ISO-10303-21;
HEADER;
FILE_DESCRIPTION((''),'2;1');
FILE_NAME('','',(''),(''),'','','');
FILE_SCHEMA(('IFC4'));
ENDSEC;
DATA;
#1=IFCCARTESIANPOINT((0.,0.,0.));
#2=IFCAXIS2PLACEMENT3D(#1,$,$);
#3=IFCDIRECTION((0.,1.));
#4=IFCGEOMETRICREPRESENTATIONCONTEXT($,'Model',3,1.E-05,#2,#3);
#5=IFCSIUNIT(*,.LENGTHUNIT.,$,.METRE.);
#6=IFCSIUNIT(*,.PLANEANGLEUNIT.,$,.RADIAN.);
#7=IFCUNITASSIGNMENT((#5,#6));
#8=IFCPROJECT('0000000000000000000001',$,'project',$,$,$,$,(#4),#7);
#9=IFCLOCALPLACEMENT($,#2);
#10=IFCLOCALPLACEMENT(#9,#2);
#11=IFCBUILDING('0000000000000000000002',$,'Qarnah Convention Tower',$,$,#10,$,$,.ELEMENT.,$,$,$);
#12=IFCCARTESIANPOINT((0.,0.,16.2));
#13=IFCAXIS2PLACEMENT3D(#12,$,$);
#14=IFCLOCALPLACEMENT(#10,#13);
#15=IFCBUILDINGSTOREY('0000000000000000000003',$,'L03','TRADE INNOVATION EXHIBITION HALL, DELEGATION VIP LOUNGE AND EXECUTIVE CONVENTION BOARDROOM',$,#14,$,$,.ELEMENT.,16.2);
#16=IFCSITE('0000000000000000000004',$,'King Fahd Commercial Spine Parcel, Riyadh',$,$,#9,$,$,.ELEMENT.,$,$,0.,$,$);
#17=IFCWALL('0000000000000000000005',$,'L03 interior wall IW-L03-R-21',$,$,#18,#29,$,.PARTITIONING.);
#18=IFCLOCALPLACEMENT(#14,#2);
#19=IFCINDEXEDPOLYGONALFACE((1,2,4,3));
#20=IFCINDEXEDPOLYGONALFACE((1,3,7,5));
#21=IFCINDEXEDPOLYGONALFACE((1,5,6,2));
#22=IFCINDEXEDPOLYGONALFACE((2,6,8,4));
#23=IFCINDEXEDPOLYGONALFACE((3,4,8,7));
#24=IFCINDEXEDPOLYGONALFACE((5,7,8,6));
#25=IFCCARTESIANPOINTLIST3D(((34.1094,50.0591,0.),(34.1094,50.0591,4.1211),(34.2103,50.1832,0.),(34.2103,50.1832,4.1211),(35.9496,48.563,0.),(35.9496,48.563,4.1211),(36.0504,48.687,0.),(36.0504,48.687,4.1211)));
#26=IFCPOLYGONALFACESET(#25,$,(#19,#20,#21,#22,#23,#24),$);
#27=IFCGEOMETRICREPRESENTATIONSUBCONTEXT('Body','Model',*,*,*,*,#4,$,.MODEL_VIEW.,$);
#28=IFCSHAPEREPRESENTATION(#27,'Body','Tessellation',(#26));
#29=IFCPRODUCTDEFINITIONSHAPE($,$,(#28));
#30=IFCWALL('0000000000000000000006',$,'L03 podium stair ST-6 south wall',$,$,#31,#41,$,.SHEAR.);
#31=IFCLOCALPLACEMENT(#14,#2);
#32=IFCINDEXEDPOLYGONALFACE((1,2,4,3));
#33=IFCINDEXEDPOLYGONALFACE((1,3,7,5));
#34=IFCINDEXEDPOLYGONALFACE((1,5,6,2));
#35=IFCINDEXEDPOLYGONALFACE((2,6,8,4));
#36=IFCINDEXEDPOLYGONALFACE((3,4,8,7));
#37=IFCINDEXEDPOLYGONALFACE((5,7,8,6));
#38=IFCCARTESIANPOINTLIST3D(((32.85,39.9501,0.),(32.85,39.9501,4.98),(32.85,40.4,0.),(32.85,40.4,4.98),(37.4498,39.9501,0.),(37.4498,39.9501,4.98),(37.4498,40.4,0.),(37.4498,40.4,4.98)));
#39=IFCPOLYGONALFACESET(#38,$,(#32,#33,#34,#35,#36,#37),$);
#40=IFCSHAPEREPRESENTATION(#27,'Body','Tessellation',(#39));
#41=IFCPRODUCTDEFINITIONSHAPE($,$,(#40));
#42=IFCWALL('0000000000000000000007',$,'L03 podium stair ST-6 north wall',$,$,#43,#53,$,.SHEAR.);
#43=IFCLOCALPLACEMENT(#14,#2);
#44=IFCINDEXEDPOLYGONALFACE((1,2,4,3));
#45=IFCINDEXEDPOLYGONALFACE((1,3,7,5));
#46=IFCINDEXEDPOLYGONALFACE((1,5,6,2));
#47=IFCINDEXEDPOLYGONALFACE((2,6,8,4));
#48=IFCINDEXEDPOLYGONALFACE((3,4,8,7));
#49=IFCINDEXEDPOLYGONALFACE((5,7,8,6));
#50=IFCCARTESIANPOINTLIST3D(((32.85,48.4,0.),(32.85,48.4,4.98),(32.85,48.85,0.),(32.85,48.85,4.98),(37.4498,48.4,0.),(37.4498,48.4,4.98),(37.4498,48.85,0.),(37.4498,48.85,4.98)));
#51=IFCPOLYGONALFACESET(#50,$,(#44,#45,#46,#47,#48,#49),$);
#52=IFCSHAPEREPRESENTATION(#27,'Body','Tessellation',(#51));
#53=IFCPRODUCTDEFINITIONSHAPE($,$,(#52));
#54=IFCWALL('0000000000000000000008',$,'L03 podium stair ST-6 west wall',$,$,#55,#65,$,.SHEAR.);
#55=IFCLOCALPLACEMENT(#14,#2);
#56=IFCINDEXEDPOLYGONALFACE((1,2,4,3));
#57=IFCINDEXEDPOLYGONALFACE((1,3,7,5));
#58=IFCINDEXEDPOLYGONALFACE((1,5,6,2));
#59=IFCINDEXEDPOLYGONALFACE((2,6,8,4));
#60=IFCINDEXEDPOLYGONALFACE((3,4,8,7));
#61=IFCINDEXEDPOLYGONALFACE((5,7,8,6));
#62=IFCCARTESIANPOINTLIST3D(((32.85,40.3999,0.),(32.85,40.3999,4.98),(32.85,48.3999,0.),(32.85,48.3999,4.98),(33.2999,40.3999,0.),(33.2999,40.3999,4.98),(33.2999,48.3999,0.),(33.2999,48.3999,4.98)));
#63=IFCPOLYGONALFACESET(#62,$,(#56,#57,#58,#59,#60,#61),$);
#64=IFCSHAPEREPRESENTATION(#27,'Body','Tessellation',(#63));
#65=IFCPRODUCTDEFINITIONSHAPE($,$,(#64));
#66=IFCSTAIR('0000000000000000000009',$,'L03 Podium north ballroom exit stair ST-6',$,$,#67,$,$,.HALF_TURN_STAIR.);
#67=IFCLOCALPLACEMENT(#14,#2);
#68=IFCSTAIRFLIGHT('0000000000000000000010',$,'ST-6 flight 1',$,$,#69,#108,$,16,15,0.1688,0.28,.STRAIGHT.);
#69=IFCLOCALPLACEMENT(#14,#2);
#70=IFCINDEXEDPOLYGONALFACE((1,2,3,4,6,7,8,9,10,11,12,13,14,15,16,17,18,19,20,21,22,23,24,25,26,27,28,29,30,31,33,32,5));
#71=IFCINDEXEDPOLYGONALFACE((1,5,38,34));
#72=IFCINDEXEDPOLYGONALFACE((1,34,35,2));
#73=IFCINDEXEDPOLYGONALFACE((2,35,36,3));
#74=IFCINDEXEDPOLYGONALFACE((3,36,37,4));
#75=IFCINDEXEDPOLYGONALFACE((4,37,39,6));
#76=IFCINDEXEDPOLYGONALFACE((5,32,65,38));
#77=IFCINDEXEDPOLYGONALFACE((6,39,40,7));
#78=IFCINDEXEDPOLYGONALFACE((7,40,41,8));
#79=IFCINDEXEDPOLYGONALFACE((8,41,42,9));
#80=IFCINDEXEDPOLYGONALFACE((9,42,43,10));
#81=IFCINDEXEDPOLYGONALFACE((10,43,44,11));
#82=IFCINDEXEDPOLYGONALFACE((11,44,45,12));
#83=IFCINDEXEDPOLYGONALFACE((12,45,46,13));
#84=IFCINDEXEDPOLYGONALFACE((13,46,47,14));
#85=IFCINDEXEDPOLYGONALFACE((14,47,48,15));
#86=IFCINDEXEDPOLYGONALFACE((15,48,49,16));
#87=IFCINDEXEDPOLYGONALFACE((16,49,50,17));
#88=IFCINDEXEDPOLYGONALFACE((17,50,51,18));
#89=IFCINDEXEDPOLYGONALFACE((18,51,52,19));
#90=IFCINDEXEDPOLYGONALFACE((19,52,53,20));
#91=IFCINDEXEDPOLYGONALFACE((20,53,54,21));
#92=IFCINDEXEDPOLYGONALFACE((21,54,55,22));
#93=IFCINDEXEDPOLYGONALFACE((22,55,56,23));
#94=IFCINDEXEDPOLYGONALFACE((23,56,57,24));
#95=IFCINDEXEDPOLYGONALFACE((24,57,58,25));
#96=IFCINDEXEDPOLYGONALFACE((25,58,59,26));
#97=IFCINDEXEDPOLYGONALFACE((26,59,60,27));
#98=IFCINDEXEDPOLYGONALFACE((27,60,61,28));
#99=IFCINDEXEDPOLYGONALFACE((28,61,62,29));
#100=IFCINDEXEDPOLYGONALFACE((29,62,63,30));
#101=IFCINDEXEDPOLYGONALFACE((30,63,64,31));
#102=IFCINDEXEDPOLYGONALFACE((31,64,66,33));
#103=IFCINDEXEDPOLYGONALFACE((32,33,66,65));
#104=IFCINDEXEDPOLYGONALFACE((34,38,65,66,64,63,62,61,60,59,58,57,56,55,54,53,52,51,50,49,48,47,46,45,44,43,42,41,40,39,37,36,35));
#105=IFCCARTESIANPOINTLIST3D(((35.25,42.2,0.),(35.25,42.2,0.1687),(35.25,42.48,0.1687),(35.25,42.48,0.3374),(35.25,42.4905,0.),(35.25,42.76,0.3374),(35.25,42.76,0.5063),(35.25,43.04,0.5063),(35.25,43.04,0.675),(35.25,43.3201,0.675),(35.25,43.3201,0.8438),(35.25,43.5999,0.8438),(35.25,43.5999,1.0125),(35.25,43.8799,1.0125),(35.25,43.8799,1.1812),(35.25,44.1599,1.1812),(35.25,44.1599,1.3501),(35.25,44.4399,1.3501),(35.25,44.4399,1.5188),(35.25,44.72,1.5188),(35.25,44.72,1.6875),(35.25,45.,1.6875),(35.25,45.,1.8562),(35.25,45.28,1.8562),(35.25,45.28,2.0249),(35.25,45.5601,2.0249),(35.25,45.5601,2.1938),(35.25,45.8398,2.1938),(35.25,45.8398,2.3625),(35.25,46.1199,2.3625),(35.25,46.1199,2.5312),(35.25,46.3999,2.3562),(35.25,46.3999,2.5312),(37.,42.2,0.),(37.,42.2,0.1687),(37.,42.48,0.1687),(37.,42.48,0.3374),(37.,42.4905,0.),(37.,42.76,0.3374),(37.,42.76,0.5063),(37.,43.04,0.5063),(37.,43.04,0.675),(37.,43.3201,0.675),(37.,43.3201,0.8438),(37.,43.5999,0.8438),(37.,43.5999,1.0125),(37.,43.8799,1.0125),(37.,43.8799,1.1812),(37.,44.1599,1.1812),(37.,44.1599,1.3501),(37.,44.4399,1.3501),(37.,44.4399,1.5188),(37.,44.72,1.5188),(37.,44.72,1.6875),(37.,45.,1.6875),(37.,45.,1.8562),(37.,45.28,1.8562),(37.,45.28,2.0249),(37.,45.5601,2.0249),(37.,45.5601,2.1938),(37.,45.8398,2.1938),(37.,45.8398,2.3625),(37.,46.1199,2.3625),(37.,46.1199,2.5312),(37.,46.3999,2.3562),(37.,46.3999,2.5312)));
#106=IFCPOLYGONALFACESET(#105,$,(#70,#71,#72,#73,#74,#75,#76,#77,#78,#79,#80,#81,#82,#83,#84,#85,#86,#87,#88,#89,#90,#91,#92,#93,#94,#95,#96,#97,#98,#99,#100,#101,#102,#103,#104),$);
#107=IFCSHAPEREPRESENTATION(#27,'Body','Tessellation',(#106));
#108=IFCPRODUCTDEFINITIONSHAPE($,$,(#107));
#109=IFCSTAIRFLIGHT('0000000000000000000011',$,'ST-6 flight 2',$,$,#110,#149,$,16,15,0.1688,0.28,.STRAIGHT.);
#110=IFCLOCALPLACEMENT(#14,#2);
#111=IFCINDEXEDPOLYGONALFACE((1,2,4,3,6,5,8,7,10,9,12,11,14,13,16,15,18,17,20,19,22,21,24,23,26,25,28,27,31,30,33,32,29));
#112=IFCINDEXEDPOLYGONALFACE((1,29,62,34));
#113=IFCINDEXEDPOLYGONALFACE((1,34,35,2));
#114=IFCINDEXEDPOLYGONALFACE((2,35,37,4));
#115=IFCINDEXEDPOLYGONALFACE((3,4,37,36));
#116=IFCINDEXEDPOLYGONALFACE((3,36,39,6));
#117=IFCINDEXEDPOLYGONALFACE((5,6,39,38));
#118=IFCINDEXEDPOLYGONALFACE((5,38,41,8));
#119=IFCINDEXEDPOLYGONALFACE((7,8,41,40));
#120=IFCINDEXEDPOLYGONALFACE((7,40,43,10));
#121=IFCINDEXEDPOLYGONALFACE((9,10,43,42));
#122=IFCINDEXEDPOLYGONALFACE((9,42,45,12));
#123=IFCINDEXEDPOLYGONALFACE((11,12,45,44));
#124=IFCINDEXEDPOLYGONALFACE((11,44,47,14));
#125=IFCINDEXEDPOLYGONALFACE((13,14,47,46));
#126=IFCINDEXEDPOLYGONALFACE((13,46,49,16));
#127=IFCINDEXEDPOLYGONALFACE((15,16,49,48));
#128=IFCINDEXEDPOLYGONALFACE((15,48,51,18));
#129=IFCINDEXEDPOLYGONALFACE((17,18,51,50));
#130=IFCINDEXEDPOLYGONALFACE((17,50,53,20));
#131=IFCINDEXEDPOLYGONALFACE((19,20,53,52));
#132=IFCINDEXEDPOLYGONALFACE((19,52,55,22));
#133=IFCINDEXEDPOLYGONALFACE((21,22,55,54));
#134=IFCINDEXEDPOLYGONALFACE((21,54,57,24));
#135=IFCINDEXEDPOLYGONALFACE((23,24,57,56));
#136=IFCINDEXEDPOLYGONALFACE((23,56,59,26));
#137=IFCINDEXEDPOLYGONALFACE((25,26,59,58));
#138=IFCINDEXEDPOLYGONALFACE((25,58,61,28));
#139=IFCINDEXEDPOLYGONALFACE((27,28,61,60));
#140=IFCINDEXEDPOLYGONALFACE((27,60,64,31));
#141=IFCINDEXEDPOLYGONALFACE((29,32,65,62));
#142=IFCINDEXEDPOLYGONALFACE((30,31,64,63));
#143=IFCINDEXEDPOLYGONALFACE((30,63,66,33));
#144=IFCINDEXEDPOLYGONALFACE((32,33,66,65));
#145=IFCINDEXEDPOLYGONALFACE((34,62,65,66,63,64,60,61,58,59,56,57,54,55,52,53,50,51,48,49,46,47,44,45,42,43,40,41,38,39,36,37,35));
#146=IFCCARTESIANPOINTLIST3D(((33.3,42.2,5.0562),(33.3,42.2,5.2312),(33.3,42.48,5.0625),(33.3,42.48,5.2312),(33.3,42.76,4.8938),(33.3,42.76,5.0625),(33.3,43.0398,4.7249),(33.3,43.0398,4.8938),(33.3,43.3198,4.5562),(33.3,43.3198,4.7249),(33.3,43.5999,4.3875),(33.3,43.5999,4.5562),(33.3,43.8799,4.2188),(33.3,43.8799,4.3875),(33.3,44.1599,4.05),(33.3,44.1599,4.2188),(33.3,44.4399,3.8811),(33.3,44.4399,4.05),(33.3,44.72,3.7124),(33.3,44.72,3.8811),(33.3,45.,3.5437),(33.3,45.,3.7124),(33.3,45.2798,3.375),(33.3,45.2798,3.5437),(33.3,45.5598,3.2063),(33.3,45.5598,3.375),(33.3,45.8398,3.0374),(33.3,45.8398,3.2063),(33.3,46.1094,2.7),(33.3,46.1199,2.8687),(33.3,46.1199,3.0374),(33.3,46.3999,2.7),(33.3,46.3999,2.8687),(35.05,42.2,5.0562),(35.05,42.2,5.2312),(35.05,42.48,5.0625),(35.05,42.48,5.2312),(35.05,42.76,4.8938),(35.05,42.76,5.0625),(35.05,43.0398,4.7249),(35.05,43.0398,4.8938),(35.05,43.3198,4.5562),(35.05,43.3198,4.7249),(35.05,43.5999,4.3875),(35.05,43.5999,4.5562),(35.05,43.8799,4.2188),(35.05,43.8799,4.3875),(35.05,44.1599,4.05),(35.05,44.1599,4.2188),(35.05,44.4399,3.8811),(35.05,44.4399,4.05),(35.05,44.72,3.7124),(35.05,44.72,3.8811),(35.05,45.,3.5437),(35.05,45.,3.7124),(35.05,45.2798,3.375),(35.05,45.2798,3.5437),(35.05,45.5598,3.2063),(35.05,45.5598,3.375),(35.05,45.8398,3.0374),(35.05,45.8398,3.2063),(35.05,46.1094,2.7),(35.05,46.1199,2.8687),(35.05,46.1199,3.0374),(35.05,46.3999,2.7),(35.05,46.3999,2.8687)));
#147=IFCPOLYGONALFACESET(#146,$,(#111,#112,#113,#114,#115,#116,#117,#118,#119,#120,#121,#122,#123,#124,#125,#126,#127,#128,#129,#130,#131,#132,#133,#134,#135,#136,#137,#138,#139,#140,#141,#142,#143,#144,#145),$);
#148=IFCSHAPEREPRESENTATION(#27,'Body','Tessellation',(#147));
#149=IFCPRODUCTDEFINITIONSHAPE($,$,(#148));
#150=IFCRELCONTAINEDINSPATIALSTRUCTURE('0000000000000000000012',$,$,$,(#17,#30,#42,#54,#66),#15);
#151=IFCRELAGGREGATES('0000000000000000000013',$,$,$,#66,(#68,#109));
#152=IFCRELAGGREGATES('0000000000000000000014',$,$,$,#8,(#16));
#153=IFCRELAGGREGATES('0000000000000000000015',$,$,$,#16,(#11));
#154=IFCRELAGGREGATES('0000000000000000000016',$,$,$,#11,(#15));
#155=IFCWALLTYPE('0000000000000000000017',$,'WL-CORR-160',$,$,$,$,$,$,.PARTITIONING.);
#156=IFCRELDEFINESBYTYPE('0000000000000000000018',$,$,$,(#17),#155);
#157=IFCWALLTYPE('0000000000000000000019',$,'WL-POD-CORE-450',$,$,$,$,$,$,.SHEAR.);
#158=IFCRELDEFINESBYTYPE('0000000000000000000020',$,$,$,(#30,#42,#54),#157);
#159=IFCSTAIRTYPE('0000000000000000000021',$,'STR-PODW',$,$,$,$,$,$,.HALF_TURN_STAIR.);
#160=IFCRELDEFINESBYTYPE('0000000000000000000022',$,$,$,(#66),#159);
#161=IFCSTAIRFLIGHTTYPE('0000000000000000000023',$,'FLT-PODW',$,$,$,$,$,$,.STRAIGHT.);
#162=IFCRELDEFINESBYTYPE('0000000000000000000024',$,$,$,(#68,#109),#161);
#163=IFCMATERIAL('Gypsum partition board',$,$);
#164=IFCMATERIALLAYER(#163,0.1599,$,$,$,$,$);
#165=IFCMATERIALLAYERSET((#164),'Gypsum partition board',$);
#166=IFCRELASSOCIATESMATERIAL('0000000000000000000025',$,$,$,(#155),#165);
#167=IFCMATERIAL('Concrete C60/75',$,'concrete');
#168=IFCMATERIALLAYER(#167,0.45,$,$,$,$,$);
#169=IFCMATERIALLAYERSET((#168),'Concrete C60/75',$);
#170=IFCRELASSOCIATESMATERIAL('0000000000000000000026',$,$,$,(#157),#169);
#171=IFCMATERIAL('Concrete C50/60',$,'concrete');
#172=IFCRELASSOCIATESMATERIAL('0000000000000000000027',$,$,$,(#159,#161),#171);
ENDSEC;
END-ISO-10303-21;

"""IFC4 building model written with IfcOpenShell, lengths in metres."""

from ifc_helpers import new_model, si_unit, direction, frame, frame_2d, origin, place, context, subcontext, project, spatial, polyline, rectangle, outline, extrude, material, layer, layer_set, type_object, element, aggregate, save


model = new_model("IFC4")

# Units and contexts
model_context = context("Model", 3, precision=1e-05, world=origin(), true_north=direction((0.0, 1.0)))
body_context = subcontext(model_context, "Body", "Model", "MODEL_VIEW")
ifc_project = project(units=[si_unit("LENGTHUNIT", "METRE"), si_unit("PLANEANGLEUNIT", "RADIAN")], contexts=[model_context])

# Site, building, storey
site_placement = place(None, origin())
site = spatial("IfcSite", under=ifc_project, at=site_placement, Name="King Fahd Commercial Spine Parcel, Riyadh", CompositionType="ELEMENT", RefElevation=0.0)
building_placement = place(site_placement, origin())
building = spatial("IfcBuilding", under=site, at=building_placement, Name="Qarnah Convention Tower", CompositionType="ELEMENT")
storey_placement = place(building_placement, frame((0.0, 0.0, 16.2)))
storey = spatial("IfcBuildingStorey", under=building, at=storey_placement, Name="L03", Description="TRADE INNOVATION EXHIBITION HALL, DELEGATION VIP LOUNGE AND EXECUTIVE CONVENTION BOARDROOM", CompositionType="ELEMENT", Elevation=16.2)

# Shared definitions
ifc_material_1 = material(Name="Concrete C60/75", Category="concrete")
ifc_material_2 = material(Name="Gypsum partition board")
ifc_layer_1 = layer(ifc_material_2, 0.1599)
ifc_layer_set_1 = layer_set([ifc_layer_1], Name="Gypsum partition board")
wall_type_1 = type_object("IfcWallType", Name="WL-CORR-160", PredefinedType="PARTITIONING", material=ifc_layer_set_1)

# Walls
wall_1_placement = place(storey_placement, frame((36.0, 48.625, 0.0), z_axis=(0.0, 0.0, 1.0), x_axis=(-0.775903, 0.630852, 0.0)))
element("IfcWall", 1, at=wall_1_placement, inside=storey, type_object=wall_type_1, Name="L03 interior wall IW-L03-R-21", PredefinedType="PARTITIONING", context=body_context, shape_type="SweptSolid", body=[
    extrude(rectangle(XDim=2.3716, YDim=0.1599, at=frame_2d((1.1858, 0.0))), origin(), (0.0, 0.0, 1.0), 4.1211),
])
ifc_layer_2 = layer(ifc_material_1, 0.45)
ifc_layer_set_2 = layer_set([ifc_layer_2], Name="Concrete C60/75")
wall_type_2 = type_object("IfcWallType", Name="WL-POD-CORE-450", PredefinedType="SHEAR", material=ifc_layer_set_2)
for number, where, z_axis, x_axis, name in (
    (2, (32.8501, 40.175, 0.0), (0.0, 0.0, 1.0), (1.0, 0.0, 0.0), "L03 podium stair ST-6 south wall"),
    (3, (32.8501, 48.625, 0.0), (0.0, 0.0, 1.0), (1.0, 0.0, 0.0), "L03 podium stair ST-6 north wall"),
):
    element("IfcWall", number, at=place(storey_placement, frame(where, z_axis=z_axis, x_axis=x_axis)), inside=storey, type_object=wall_type_2, Name=name, PredefinedType="SHEAR", context=body_context, shape_type="SweptSolid", body=[
        extrude(rectangle(XDim=4.5999, YDim=0.45, at=frame_2d((2.2998, 0.0))), origin(), (0.0, 0.0, 1.0), 4.98),
    ])
wall_2_placement = place(storey_placement, frame((33.075, 40.3999, 0.0), z_axis=(0.0, 0.0, 1.0), x_axis=(0.0, 1.0, 0.0)))
element("IfcWall", 4, at=wall_2_placement, inside=storey, type_object=wall_type_2, Name="L03 podium stair ST-6 west wall", PredefinedType="SHEAR", context=body_context, shape_type="SweptSolid", body=[
    extrude(rectangle(XDim=8.0, YDim=0.45, at=frame_2d((4.0, 0.0))), origin(), (0.0, 0.0, 1.0), 4.98),
])

# Stair, stair flights
ifc_material_3 = material(Name="Concrete C50/60", Category="concrete")
stair_type = type_object("IfcStairType", Name="STR-PODW", PredefinedType="HALF_TURN_STAIR", material=ifc_material_3)
stair_placement = place(storey_placement, origin())
stair = element("IfcStair", 5, at=stair_placement, inside=storey, type_object=stair_type, Name="L03 Podium north ballroom exit stair ST-6", PredefinedType="HALF_TURN_STAIR")
stair_flight_type = type_object("IfcStairFlightType", Name="FLT-PODW", PredefinedType="STRAIGHT", material=ifc_material_3)
stair_flight_1_placement = place(storey_placement, frame((36.125, 42.2, 0.0), z_axis=(0.0, 0.0, 1.0), x_axis=(0.0, 1.0, 0.0)))
stair_flight_1 = element("IfcStairFlight", 6, at=stair_flight_1_placement, type_object=stair_flight_type, Name="ST-6 flight 1", NumberOfRisers=16, NumberOfTreads=15, PredefinedType="STRAIGHT", RiserHeight=0.1688, TreadLength=0.28, context=body_context, shape_type="SweptSolid", body=[
    extrude(outline(polyline([(0.0, 0.0), (0.0, 0.1687), (0.28, 0.1687), (0.28, 0.3374), (0.5601, 0.3374), (0.5601, 0.5063), (0.8401, 0.5063), (0.8401, 0.675), (1.1201, 0.675), (1.1201, 0.8438), (1.3999, 0.8438), (1.3999, 1.0125), (1.6799, 1.0125), (1.6799, 1.1812), (1.96, 1.1812), (1.96, 1.3501), (2.24, 1.3501), (2.24, 1.5188), (2.52, 1.5188), (2.52, 1.6875), (2.8, 1.6875), (2.8, 1.8562), (3.0801, 1.8562), (3.0801, 2.0249), (3.3601, 2.0249), (3.3601, 2.1938), (3.6399, 2.1938), (3.6399, 2.3625), (3.9199, 2.3625), (3.9199, 2.5312), (4.2, 2.5312), (4.2, 2.7), (4.2, 2.3562), (0.2905, 0.0), (0.0, 0.0)])), frame((0.0, 0.875, 0.0), z_axis=(0.0, -1.0, 0.0), x_axis=(1.0, 0.0, 0.0)), (0.0, 0.0, 1.0), 1.75),
])
stair_flight_2_placement = place(storey_placement, frame((34.175, 46.3999, 2.7), z_axis=(0.0, 0.0, 1.0), x_axis=(0.0, -1.0, 0.0)))
stair_flight_2 = element("IfcStairFlight", 7, at=stair_flight_2_placement, type_object=stair_flight_type, Name="ST-6 flight 2", NumberOfRisers=16, NumberOfTreads=15, PredefinedType="STRAIGHT", RiserHeight=0.1688, TreadLength=0.28, context=body_context, shape_type="SweptSolid", body=[
    extrude(outline(polyline([(0.0, 0.0), (0.0, 0.1687), (0.28, 0.1687), (0.28, 0.3374), (0.5601, 0.3374), (0.5601, 0.5063), (0.8401, 0.5063), (0.8401, 0.675), (1.1201, 0.675), (1.1201, 0.8438), (1.3999, 0.8438), (1.3999, 1.0125), (1.6799, 1.0125), (1.6799, 1.1812), (1.96, 1.1812), (1.96, 1.3501), (2.24, 1.3501), (2.24, 1.5188), (2.52, 1.5188), (2.52, 1.6875), (2.8, 1.6875), (2.8, 1.8562), (3.0801, 1.8562), (3.0801, 2.0249), (3.3601, 2.0249), (3.3601, 2.1938), (3.6399, 2.1938), (3.6399, 2.3625), (3.9199, 2.3625), (3.9199, 2.5312), (4.2, 2.5312), (4.2, 2.7), (4.2, 2.3562), (0.2905, 0.0), (0.0, 0.0)])), frame((0.0, 0.875, 0.0), z_axis=(0.0, -1.0, 0.0), x_axis=(1.0, 0.0, 0.0)), (0.0, 0.0, 1.0), 1.75),
])
aggregate(stair, [stair_flight_1, stair_flight_2])

save(model, "model.ifc")
